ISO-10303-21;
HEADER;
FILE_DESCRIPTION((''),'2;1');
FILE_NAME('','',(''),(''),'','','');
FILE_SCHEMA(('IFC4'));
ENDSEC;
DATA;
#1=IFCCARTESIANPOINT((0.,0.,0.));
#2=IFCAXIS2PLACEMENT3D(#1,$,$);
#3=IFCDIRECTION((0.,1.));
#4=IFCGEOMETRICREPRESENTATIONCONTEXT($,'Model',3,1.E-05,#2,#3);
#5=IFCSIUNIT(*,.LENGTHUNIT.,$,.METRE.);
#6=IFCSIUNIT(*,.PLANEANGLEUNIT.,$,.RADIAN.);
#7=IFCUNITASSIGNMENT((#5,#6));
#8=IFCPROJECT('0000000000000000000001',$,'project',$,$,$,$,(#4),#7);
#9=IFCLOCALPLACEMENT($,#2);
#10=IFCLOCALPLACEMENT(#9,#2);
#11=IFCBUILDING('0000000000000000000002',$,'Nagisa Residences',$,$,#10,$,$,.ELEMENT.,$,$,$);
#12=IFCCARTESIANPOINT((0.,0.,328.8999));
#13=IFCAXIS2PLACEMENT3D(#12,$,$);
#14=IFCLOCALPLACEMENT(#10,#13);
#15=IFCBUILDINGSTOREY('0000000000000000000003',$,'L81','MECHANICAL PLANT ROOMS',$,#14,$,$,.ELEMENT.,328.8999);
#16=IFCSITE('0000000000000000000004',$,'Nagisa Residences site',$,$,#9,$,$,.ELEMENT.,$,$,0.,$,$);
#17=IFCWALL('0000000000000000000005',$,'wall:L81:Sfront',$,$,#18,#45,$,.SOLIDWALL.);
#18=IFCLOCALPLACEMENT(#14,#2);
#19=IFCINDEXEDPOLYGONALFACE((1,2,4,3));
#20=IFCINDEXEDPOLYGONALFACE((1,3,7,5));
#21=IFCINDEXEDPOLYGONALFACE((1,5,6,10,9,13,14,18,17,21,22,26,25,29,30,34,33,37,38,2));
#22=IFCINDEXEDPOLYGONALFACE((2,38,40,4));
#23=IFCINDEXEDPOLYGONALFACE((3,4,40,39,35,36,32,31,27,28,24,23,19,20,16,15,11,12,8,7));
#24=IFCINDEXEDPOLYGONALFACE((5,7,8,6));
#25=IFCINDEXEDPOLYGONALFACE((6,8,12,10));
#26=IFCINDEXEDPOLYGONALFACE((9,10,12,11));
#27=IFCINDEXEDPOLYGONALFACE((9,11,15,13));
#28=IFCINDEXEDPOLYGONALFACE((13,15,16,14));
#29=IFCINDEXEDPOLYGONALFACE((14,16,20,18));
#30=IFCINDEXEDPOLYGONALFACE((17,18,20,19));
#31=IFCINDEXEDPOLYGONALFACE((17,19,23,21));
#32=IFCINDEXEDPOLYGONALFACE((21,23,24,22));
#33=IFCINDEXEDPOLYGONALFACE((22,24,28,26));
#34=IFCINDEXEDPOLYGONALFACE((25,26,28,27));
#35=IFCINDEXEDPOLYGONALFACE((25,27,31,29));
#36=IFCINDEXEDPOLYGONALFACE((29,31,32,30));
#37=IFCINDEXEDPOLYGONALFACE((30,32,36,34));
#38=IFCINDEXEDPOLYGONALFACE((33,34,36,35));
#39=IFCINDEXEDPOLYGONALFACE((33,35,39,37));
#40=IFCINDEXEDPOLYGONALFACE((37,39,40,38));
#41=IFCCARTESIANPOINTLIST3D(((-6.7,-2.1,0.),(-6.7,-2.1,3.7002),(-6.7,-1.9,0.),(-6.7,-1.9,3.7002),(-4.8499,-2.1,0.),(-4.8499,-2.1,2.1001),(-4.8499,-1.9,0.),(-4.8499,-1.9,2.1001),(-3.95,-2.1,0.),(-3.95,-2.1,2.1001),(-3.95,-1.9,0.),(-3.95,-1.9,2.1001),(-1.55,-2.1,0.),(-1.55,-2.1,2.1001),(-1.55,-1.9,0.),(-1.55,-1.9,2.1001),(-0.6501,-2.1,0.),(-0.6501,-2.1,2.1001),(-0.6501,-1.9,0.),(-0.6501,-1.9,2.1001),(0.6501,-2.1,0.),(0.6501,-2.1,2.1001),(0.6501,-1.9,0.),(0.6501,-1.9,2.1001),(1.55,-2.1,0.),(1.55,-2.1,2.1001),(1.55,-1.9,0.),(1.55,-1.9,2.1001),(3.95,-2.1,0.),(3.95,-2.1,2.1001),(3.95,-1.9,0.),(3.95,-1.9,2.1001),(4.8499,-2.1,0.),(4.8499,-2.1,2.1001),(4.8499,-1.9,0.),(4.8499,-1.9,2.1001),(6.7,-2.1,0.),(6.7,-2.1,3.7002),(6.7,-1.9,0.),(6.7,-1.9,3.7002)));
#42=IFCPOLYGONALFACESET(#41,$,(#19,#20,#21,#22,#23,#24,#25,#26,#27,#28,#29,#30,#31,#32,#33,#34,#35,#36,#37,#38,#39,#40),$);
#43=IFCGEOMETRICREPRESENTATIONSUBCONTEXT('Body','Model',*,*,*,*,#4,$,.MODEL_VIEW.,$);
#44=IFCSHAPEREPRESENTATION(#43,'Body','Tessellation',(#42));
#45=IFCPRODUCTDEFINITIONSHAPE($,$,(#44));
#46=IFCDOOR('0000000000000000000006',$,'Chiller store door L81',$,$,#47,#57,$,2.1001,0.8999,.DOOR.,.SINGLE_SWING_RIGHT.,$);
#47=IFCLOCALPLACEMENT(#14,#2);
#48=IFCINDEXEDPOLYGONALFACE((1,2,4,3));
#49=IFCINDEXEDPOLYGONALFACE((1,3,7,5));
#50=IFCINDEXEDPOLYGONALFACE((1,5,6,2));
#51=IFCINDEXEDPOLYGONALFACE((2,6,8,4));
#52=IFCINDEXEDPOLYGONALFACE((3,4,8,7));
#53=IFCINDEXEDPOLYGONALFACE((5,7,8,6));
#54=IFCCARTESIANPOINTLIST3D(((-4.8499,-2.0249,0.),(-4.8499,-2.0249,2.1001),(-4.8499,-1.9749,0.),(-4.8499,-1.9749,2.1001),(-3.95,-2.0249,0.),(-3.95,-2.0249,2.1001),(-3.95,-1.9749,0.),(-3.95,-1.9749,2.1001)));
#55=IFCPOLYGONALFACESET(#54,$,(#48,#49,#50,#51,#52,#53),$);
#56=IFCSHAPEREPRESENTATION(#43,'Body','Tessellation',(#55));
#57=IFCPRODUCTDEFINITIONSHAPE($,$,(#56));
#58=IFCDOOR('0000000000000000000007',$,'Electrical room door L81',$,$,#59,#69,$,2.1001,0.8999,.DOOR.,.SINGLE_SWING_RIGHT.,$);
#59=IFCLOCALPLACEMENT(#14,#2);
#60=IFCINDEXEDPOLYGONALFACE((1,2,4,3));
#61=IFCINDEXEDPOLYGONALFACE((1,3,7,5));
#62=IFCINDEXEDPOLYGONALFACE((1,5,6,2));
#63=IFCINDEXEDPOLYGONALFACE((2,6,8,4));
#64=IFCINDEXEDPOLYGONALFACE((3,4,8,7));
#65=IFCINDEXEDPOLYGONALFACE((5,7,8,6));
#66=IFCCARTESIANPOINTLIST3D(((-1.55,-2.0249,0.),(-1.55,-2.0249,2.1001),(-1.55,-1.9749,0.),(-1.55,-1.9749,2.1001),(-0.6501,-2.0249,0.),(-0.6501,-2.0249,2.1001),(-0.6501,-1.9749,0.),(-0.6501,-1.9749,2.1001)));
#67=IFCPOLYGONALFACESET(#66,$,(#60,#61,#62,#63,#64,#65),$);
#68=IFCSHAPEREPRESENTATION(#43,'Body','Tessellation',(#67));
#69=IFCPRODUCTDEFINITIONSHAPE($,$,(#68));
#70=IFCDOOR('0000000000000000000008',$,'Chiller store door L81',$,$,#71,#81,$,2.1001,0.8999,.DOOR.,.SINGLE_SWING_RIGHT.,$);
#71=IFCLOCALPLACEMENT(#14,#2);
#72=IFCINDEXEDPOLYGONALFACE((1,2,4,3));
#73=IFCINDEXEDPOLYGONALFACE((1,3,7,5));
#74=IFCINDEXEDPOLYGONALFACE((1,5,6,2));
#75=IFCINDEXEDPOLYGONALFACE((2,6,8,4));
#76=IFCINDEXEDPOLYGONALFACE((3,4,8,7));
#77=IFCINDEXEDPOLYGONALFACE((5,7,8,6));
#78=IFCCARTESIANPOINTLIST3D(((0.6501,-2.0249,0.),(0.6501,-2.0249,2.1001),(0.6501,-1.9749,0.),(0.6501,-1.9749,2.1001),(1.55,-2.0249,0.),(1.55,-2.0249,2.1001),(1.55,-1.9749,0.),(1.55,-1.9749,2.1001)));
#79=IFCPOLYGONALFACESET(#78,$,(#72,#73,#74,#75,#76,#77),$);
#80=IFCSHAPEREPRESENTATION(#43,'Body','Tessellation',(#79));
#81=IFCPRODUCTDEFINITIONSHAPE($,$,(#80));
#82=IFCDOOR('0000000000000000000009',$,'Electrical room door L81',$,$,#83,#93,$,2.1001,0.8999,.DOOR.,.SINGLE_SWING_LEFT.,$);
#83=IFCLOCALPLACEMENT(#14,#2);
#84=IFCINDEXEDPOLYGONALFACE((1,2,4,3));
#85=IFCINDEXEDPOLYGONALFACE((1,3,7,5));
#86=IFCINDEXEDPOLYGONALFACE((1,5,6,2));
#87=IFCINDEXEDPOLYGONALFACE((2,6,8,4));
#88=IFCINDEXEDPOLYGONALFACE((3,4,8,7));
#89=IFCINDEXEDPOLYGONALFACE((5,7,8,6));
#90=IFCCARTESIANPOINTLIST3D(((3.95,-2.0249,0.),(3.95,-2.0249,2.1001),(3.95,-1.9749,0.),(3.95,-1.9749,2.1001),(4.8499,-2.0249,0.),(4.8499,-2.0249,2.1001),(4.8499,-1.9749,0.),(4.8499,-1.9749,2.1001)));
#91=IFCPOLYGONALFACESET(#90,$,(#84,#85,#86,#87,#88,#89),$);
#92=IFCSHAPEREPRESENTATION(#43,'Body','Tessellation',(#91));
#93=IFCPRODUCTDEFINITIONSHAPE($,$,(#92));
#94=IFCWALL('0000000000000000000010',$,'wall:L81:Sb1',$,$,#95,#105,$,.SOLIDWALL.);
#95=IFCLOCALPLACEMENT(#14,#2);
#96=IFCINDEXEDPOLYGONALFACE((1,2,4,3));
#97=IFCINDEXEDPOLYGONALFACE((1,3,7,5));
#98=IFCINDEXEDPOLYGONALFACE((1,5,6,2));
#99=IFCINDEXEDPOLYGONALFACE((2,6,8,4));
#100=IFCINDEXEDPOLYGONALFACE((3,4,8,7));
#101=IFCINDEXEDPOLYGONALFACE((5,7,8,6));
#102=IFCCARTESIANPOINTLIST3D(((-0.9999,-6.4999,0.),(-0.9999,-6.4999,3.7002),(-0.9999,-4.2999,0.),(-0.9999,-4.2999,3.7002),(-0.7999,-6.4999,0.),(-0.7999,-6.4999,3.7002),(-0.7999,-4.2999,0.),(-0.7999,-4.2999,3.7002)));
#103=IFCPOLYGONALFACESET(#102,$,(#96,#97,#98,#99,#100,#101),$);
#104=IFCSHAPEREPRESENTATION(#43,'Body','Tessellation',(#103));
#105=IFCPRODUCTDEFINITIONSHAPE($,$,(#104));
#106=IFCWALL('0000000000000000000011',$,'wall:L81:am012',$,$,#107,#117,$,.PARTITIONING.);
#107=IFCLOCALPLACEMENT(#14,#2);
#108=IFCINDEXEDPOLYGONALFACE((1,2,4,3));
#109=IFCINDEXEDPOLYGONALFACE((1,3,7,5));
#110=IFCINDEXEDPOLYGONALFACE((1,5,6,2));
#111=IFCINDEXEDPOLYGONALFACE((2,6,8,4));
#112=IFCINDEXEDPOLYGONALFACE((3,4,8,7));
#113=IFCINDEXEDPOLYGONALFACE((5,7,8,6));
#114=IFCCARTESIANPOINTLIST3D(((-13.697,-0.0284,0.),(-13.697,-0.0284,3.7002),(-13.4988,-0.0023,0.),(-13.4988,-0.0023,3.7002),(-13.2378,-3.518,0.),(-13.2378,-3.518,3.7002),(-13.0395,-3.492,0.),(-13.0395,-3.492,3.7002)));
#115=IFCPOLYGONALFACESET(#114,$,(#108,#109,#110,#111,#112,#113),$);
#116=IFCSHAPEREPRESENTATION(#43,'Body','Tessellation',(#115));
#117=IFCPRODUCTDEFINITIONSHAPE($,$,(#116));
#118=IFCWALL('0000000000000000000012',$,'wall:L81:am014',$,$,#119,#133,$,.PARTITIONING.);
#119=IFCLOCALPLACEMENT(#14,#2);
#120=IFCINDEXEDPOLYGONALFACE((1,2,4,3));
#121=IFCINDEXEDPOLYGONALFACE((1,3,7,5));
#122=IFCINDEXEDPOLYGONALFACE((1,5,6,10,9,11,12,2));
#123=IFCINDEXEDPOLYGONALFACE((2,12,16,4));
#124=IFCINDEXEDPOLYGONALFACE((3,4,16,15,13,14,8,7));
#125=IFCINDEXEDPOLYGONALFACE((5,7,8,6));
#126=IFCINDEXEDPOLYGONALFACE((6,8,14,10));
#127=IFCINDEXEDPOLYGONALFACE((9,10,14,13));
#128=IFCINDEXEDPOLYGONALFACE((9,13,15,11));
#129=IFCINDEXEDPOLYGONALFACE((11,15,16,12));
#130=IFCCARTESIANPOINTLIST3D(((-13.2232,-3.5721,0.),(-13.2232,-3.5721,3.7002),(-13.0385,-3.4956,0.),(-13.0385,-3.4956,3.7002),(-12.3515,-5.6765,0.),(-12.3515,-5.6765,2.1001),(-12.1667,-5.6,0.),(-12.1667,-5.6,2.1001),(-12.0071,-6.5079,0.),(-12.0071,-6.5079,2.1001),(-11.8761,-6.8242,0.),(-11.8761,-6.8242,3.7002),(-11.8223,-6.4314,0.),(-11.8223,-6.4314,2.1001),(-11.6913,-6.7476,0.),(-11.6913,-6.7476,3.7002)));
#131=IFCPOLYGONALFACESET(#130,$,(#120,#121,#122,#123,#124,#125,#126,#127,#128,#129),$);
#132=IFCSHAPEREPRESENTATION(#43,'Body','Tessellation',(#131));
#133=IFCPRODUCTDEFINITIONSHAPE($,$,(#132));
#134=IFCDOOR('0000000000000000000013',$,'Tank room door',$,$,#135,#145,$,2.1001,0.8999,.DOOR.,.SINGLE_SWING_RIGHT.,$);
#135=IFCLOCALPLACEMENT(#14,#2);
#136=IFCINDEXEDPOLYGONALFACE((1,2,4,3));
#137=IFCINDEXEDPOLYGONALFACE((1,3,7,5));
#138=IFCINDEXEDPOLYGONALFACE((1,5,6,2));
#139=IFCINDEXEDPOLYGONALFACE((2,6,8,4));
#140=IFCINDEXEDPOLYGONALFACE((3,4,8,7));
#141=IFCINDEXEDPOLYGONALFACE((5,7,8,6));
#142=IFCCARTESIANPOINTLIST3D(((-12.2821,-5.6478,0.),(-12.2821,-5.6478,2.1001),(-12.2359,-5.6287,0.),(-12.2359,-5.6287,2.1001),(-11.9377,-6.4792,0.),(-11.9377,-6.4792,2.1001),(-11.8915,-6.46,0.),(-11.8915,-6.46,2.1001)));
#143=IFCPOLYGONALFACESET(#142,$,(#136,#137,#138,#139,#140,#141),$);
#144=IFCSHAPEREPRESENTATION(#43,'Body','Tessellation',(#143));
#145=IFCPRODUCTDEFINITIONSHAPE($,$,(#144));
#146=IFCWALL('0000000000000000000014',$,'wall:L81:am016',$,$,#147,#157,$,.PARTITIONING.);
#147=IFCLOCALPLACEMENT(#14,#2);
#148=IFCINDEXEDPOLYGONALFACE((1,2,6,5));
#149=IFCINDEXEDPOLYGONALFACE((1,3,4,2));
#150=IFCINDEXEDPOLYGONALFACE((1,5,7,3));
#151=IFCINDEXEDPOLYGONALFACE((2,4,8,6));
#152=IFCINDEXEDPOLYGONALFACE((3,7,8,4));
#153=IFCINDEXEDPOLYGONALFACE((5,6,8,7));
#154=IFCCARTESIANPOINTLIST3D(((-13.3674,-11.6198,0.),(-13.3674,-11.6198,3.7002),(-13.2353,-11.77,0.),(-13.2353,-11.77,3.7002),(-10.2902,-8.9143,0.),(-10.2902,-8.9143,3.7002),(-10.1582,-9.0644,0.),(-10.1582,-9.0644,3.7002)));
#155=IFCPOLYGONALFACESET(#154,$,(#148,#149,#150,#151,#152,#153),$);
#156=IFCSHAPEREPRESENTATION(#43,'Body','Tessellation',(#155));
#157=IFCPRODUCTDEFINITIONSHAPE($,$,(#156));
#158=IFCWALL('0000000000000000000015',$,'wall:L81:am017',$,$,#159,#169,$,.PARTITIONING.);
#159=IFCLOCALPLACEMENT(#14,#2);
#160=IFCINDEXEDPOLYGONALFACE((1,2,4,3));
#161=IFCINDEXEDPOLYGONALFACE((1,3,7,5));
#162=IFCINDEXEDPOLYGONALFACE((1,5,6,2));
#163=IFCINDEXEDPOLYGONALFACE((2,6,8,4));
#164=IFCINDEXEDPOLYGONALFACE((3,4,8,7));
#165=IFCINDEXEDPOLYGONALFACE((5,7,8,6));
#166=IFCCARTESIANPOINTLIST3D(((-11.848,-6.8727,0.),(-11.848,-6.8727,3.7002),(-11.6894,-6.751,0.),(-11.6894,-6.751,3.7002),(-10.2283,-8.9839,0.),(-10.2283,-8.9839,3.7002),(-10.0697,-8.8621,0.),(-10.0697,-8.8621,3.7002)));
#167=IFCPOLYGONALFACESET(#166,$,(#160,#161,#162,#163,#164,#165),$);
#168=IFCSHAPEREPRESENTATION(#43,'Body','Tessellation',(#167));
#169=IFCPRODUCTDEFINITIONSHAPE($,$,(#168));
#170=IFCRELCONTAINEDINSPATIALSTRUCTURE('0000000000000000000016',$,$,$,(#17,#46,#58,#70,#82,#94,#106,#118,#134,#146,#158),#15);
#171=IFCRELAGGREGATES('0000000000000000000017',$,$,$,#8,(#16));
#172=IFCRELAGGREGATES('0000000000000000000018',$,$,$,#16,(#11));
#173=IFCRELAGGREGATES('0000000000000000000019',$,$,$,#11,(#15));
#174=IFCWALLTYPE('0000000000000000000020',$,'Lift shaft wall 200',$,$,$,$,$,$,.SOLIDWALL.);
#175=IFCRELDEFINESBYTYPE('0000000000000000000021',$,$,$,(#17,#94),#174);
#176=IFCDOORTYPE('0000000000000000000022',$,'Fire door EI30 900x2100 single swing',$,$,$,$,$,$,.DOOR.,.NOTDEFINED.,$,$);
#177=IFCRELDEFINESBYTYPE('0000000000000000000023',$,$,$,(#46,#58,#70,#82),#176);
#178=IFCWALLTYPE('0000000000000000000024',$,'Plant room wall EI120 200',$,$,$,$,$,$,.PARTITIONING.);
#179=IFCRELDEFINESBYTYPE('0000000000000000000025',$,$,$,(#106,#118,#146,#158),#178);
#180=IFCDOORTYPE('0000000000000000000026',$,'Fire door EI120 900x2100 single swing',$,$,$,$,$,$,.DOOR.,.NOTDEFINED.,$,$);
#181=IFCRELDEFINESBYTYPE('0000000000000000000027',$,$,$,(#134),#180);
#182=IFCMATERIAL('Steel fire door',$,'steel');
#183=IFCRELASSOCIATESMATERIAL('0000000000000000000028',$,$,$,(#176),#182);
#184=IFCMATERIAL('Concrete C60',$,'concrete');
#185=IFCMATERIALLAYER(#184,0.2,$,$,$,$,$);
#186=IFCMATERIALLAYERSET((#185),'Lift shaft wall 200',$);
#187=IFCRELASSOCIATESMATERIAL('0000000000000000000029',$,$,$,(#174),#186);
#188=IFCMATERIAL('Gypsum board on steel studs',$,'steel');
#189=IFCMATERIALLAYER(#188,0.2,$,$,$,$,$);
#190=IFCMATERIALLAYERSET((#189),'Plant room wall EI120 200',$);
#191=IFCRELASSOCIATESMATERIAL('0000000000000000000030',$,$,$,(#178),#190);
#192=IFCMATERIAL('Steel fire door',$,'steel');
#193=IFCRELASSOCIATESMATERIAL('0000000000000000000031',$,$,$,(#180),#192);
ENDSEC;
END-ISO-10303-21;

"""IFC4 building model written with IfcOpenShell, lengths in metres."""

from ifc_helpers import new_model, si_unit, direction, frame, frame_2d, origin, place, context, subcontext, project, spatial, rectangle, extrude, material, layer, layer_set, type_object, element, fill, save


model = new_model("IFC4")

# Units and contexts
model_context = context("Model", 3, precision=1e-05, world=origin(), true_north=direction((0.0, 1.0)))
body_context = subcontext(model_context, "Body", "Model", "MODEL_VIEW")
ifc_project = project(units=[si_unit("LENGTHUNIT", "METRE"), si_unit("PLANEANGLEUNIT", "RADIAN")], contexts=[model_context])

# Site, building, storey
site_placement = place(None, origin())
site = spatial("IfcSite", under=ifc_project, at=site_placement, Name="Nagisa Residences site", CompositionType="ELEMENT", RefElevation=0.0)
building_placement = place(site_placement, origin())
building = spatial("IfcBuilding", under=site, at=building_placement, Name="Nagisa Residences", CompositionType="ELEMENT")
storey_placement = place(building_placement, frame((0.0, 0.0, 328.8999)))
storey = spatial("IfcBuildingStorey", under=building, at=storey_placement, Name="L81", Description="MECHANICAL PLANT ROOMS", CompositionType="ELEMENT", Elevation=328.8999)

# Shared definitions
ifc_material_1 = material(Name="Steel fire door", Category="steel")
door_type_1 = type_object("IfcDoorType", Name="Fire door EI30 900x2100 single swing", OperationType="NOTDEFINED", PredefinedType="DOOR", material=ifc_material_1)

# Shared definitions
ifc_material_2 = material(Name="Concrete C60", Category="concrete")
ifc_layer_1 = layer(ifc_material_2, 0.2)
ifc_layer_set_1 = layer_set([ifc_layer_1], Name="Lift shaft wall 200")
wall_type_1 = type_object("IfcWallType", Name="Lift shaft wall 200", PredefinedType="SOLIDWALL", material=ifc_layer_set_1)

# Wall, openings, doors
wall_1_placement = place(storey_placement, frame((-6.7, -2.0, 0.0), z_axis=(0.0, 0.0, 1.0), x_axis=(1.0, 0.0, 0.0)))
wall_1 = element("IfcWall", 1, at=wall_1_placement, inside=storey, type_object=wall_type_1, Name="wall:L81:Sfront", PredefinedType="SOLIDWALL", context=body_context, shape_type="SweptSolid", body=[
    extrude(rectangle(XDim=13.3999, YDim=0.2, at=frame_2d((6.7, 0.0))), origin(), (0.0, 0.0, 1.0), 3.7002),
])
opening_1_placement = place(wall_1_placement, frame((1.8501, 0.0, 0.0)))
opening_1 = element("IfcOpeningElement", 2, at=opening_1_placement, cuts=wall_1, PredefinedType="OPENING", context=body_context, shape_type="SweptSolid", body=[
    extrude(rectangle(XDim=0.8999, YDim=2.1001, at=frame_2d((0.45, 1.05))), frame((0.0, 0.1099, 0.0), z_axis=(0.0, -1.0, 0.0), x_axis=(1.0, 0.0, 0.0)), (0.0, 0.0, 1.0), 0.22),
])
opening_2_placement = place(wall_1_placement, frame((5.1499, 0.0, 0.0)))
opening_2 = element("IfcOpeningElement", 3, at=opening_2_placement, cuts=wall_1, PredefinedType="OPENING", context=body_context, shape_type="SweptSolid", body=[
    extrude(rectangle(XDim=0.8999, YDim=2.1001, at=frame_2d((0.45, 1.05))), frame((0.0, 0.1099, 0.0), z_axis=(0.0, -1.0, 0.0), x_axis=(1.0, 0.0, 0.0)), (0.0, 0.0, 1.0), 0.22),
])
opening_3_placement = place(wall_1_placement, frame((7.3501, 0.0, 0.0)))
opening_3 = element("IfcOpeningElement", 4, at=opening_3_placement, cuts=wall_1, PredefinedType="OPENING", context=body_context, shape_type="SweptSolid", body=[
    extrude(rectangle(XDim=0.8999, YDim=2.1001, at=frame_2d((0.45, 1.05))), frame((0.0, 0.1099, 0.0), z_axis=(0.0, -1.0, 0.0), x_axis=(1.0, 0.0, 0.0)), (0.0, 0.0, 1.0), 0.22),
])
opening_4_placement = place(wall_1_placement, frame((10.6499, 0.0, 0.0)))
opening_4 = element("IfcOpeningElement", 5, at=opening_4_placement, cuts=wall_1, PredefinedType="OPENING", context=body_context, shape_type="SweptSolid", body=[
    extrude(rectangle(XDim=0.8999, YDim=2.1001, at=frame_2d((0.45, 1.05))), frame((0.0, 0.1099, 0.0), z_axis=(0.0, -1.0, 0.0), x_axis=(1.0, 0.0, 0.0)), (0.0, 0.0, 1.0), 0.22),
])
door_1_placement = place(opening_1_placement, frame((0.8999, 0.0, 0.0), x_axis=(-1.0, 0.0, 0.0)))
door_1 = element("IfcDoor", 6, at=door_1_placement, inside=storey, type_object=door_type_1, Name="Chiller store door L81", OperationType="SINGLE_SWING_RIGHT", OverallHeight=2.1001, OverallWidth=0.8999, PredefinedType="DOOR", context=body_context, shape_type="SweptSolid", body=[
    extrude(rectangle(XDim=0.8999, YDim=2.1001, at=frame_2d((0.45, 1.05))), frame((0.0, 0.0249, 0.0), z_axis=(0.0, -1.0, 0.0), x_axis=(1.0, 0.0, 0.0)), (0.0, 0.0, 1.0), 0.05),
])
fill(opening_1, door_1)
door_2_placement = place(opening_2_placement, frame((0.8999, 0.0, 0.0), x_axis=(-1.0, 0.0, 0.0)))
door_2 = element("IfcDoor", 7, at=door_2_placement, inside=storey, type_object=door_type_1, Name="Electrical room door L81", OperationType="SINGLE_SWING_RIGHT", OverallHeight=2.1001, OverallWidth=0.8999, PredefinedType="DOOR", context=body_context, shape_type="SweptSolid", body=[
    extrude(rectangle(XDim=0.8999, YDim=2.1001, at=frame_2d((0.45, 1.05))), frame((0.0, 0.0249, 0.0), z_axis=(0.0, -1.0, 0.0), x_axis=(1.0, 0.0, 0.0)), (0.0, 0.0, 1.0), 0.05),
])
fill(opening_2, door_2)
door_3_placement = place(opening_3_placement, frame((0.8999, 0.0, 0.0), x_axis=(-1.0, 0.0, 0.0)))
door_3 = element("IfcDoor", 8, at=door_3_placement, inside=storey, type_object=door_type_1, Name="Chiller store door L81", OperationType="SINGLE_SWING_RIGHT", OverallHeight=2.1001, OverallWidth=0.8999, PredefinedType="DOOR", context=body_context, shape_type="SweptSolid", body=[
    extrude(rectangle(XDim=0.8999, YDim=2.1001, at=frame_2d((0.45, 1.05))), frame((0.0, 0.0249, 0.0), z_axis=(0.0, -1.0, 0.0), x_axis=(1.0, 0.0, 0.0)), (0.0, 0.0, 1.0), 0.05),
])
fill(opening_3, door_3)
door_4_placement = place(opening_4_placement, frame((0.8999, 0.0, 0.0), x_axis=(-1.0, 0.0, 0.0)))
door_4 = element("IfcDoor", 9, at=door_4_placement, inside=storey, type_object=door_type_1, Name="Electrical room door L81", OperationType="SINGLE_SWING_LEFT", OverallHeight=2.1001, OverallWidth=0.8999, PredefinedType="DOOR", context=body_context, shape_type="SweptSolid", body=[
    extrude(rectangle(XDim=0.8999, YDim=2.1001, at=frame_2d((0.45, 1.05))), frame((0.0, 0.0249, 0.0), z_axis=(0.0, -1.0, 0.0), x_axis=(1.0, 0.0, 0.0)), (0.0, 0.0, 1.0), 0.05),
])
fill(opening_4, door_4)

# Walls
wall_2_placement = place(storey_placement, frame((-0.8999, -6.5, 0.0), z_axis=(0.0, 0.0, 1.0), x_axis=(0.0, 1.0, 0.0)))
element("IfcWall", 10, at=wall_2_placement, inside=storey, type_object=wall_type_1, Name="wall:L81:Sb1", PredefinedType="SOLIDWALL", context=body_context, shape_type="SweptSolid", body=[
    extrude(rectangle(XDim=2.2, YDim=0.2, at=frame_2d((1.1001, 0.0))), origin(), (0.0, 0.0, 1.0), 3.7002),
])
ifc_material_3 = material(Name="Gypsum board on steel studs", Category="steel")
ifc_layer_2 = layer(ifc_material_3, 0.2)
ifc_layer_set_2 = layer_set([ifc_layer_2], Name="Plant room wall EI120 200")
wall_type_2 = type_object("IfcWallType", Name="Plant room wall EI120 200", PredefinedType="PARTITIONING", material=ifc_layer_set_2)
wall_3_placement = place(storey_placement, frame((-13.1387, -3.5049, 0.0), z_axis=(0.0, 0.0, 1.0), x_axis=(-0.130469, 0.991452, 0.0)))
element("IfcWall", 11, at=wall_3_placement, inside=storey, type_object=wall_type_2, Name="wall:L81:am012", PredefinedType="PARTITIONING", context=body_context, shape_type="SweptSolid", body=[
    extrude(rectangle(XDim=3.5198, YDim=0.2, at=frame_2d((1.7598, 0.0))), origin(), (0.0, 0.0, 1.0), 3.7002),
])

# Wall, opening, door
wall_4_placement = place(storey_placement, frame((-11.7837, -6.7859, 0.0), z_axis=(0.0, 0.0, 1.0), x_axis=(-0.382723, 0.923863, 0.0)))
wall_4 = element("IfcWall", 12, at=wall_4_placement, inside=storey, type_object=wall_type_2, Name="wall:L81:am014", PredefinedType="PARTITIONING", context=body_context, shape_type="SweptSolid", body=[
    extrude(rectangle(XDim=3.52, YDim=0.2, at=frame_2d((1.76, 0.0))), origin(), (0.0, 0.0, 1.0), 3.7002),
])
opening_5_placement = place(wall_4_placement, frame((0.3423, 0.0, 0.0)))
opening_5 = element("IfcOpeningElement", 13, at=opening_5_placement, cuts=wall_4, PredefinedType="OPENING", context=body_context, shape_type="SweptSolid", body=[
    extrude(rectangle(XDim=0.8999, YDim=2.1001, at=frame_2d((0.45, 1.05))), frame((0.0, 0.1099, 0.0), z_axis=(0.0, -1.0, 0.0), x_axis=(1.0, 0.0, 0.0)), (0.0, 0.0, 1.0), 0.22),
])
ifc_material_4 = material(Name="Steel fire door", Category="steel")
door_type_2 = type_object("IfcDoorType", Name="Fire door EI120 900x2100 single swing", OperationType="NOTDEFINED", PredefinedType="DOOR", material=ifc_material_4)
door_5_placement = place(opening_5_placement, origin())
door_5 = element("IfcDoor", 14, at=door_5_placement, inside=storey, type_object=door_type_2, Name="Tank room door", OperationType="SINGLE_SWING_RIGHT", OverallHeight=2.1001, OverallWidth=0.8999, PredefinedType="DOOR", context=body_context, shape_type="SweptSolid", body=[
    extrude(rectangle(XDim=0.8999, YDim=2.1001, at=frame_2d((0.45, 1.05))), frame((0.0, 0.0249, 0.0), z_axis=(0.0, -1.0, 0.0), x_axis=(1.0, 0.0, 0.0)), (0.0, 0.0, 1.0), 0.05),
])
fill(opening_5, door_5)

# Walls
wall_5_placement = place(storey_placement, frame((-10.2241, -8.9893, 0.0), z_axis=(0.0, 0.0, 1.0), x_axis=(-0.750995, -0.660308, 0.0)))
element("IfcWall", 15, at=wall_5_placement, inside=storey, type_object=wall_type_2, Name="wall:L81:am016", PredefinedType="PARTITIONING", context=body_context, shape_type="SweptSolid", body=[
    extrude(rectangle(XDim=4.0974, YDim=0.2, at=frame_2d((2.0488, 0.0))), origin(), (0.0, 0.0, 1.0), 3.7002),
])
wall_6_placement = place(storey_placement, frame((-10.1489, -8.9231, 0.0), z_axis=(0.0, 0.0, 1.0), x_axis=(-0.608699, 0.793401, 0.0)))
element("IfcWall", 16, at=wall_6_placement, inside=storey, type_object=wall_type_2, Name="wall:L81:am017", PredefinedType="PARTITIONING", context=body_context, shape_type="SweptSolid", body=[
    extrude(rectangle(XDim=2.6609, YDim=0.2, at=frame_2d((1.3306, 0.0))), origin(), (0.0, 0.0, 1.0), 3.7002),
])

save(model, "model.ifc")
